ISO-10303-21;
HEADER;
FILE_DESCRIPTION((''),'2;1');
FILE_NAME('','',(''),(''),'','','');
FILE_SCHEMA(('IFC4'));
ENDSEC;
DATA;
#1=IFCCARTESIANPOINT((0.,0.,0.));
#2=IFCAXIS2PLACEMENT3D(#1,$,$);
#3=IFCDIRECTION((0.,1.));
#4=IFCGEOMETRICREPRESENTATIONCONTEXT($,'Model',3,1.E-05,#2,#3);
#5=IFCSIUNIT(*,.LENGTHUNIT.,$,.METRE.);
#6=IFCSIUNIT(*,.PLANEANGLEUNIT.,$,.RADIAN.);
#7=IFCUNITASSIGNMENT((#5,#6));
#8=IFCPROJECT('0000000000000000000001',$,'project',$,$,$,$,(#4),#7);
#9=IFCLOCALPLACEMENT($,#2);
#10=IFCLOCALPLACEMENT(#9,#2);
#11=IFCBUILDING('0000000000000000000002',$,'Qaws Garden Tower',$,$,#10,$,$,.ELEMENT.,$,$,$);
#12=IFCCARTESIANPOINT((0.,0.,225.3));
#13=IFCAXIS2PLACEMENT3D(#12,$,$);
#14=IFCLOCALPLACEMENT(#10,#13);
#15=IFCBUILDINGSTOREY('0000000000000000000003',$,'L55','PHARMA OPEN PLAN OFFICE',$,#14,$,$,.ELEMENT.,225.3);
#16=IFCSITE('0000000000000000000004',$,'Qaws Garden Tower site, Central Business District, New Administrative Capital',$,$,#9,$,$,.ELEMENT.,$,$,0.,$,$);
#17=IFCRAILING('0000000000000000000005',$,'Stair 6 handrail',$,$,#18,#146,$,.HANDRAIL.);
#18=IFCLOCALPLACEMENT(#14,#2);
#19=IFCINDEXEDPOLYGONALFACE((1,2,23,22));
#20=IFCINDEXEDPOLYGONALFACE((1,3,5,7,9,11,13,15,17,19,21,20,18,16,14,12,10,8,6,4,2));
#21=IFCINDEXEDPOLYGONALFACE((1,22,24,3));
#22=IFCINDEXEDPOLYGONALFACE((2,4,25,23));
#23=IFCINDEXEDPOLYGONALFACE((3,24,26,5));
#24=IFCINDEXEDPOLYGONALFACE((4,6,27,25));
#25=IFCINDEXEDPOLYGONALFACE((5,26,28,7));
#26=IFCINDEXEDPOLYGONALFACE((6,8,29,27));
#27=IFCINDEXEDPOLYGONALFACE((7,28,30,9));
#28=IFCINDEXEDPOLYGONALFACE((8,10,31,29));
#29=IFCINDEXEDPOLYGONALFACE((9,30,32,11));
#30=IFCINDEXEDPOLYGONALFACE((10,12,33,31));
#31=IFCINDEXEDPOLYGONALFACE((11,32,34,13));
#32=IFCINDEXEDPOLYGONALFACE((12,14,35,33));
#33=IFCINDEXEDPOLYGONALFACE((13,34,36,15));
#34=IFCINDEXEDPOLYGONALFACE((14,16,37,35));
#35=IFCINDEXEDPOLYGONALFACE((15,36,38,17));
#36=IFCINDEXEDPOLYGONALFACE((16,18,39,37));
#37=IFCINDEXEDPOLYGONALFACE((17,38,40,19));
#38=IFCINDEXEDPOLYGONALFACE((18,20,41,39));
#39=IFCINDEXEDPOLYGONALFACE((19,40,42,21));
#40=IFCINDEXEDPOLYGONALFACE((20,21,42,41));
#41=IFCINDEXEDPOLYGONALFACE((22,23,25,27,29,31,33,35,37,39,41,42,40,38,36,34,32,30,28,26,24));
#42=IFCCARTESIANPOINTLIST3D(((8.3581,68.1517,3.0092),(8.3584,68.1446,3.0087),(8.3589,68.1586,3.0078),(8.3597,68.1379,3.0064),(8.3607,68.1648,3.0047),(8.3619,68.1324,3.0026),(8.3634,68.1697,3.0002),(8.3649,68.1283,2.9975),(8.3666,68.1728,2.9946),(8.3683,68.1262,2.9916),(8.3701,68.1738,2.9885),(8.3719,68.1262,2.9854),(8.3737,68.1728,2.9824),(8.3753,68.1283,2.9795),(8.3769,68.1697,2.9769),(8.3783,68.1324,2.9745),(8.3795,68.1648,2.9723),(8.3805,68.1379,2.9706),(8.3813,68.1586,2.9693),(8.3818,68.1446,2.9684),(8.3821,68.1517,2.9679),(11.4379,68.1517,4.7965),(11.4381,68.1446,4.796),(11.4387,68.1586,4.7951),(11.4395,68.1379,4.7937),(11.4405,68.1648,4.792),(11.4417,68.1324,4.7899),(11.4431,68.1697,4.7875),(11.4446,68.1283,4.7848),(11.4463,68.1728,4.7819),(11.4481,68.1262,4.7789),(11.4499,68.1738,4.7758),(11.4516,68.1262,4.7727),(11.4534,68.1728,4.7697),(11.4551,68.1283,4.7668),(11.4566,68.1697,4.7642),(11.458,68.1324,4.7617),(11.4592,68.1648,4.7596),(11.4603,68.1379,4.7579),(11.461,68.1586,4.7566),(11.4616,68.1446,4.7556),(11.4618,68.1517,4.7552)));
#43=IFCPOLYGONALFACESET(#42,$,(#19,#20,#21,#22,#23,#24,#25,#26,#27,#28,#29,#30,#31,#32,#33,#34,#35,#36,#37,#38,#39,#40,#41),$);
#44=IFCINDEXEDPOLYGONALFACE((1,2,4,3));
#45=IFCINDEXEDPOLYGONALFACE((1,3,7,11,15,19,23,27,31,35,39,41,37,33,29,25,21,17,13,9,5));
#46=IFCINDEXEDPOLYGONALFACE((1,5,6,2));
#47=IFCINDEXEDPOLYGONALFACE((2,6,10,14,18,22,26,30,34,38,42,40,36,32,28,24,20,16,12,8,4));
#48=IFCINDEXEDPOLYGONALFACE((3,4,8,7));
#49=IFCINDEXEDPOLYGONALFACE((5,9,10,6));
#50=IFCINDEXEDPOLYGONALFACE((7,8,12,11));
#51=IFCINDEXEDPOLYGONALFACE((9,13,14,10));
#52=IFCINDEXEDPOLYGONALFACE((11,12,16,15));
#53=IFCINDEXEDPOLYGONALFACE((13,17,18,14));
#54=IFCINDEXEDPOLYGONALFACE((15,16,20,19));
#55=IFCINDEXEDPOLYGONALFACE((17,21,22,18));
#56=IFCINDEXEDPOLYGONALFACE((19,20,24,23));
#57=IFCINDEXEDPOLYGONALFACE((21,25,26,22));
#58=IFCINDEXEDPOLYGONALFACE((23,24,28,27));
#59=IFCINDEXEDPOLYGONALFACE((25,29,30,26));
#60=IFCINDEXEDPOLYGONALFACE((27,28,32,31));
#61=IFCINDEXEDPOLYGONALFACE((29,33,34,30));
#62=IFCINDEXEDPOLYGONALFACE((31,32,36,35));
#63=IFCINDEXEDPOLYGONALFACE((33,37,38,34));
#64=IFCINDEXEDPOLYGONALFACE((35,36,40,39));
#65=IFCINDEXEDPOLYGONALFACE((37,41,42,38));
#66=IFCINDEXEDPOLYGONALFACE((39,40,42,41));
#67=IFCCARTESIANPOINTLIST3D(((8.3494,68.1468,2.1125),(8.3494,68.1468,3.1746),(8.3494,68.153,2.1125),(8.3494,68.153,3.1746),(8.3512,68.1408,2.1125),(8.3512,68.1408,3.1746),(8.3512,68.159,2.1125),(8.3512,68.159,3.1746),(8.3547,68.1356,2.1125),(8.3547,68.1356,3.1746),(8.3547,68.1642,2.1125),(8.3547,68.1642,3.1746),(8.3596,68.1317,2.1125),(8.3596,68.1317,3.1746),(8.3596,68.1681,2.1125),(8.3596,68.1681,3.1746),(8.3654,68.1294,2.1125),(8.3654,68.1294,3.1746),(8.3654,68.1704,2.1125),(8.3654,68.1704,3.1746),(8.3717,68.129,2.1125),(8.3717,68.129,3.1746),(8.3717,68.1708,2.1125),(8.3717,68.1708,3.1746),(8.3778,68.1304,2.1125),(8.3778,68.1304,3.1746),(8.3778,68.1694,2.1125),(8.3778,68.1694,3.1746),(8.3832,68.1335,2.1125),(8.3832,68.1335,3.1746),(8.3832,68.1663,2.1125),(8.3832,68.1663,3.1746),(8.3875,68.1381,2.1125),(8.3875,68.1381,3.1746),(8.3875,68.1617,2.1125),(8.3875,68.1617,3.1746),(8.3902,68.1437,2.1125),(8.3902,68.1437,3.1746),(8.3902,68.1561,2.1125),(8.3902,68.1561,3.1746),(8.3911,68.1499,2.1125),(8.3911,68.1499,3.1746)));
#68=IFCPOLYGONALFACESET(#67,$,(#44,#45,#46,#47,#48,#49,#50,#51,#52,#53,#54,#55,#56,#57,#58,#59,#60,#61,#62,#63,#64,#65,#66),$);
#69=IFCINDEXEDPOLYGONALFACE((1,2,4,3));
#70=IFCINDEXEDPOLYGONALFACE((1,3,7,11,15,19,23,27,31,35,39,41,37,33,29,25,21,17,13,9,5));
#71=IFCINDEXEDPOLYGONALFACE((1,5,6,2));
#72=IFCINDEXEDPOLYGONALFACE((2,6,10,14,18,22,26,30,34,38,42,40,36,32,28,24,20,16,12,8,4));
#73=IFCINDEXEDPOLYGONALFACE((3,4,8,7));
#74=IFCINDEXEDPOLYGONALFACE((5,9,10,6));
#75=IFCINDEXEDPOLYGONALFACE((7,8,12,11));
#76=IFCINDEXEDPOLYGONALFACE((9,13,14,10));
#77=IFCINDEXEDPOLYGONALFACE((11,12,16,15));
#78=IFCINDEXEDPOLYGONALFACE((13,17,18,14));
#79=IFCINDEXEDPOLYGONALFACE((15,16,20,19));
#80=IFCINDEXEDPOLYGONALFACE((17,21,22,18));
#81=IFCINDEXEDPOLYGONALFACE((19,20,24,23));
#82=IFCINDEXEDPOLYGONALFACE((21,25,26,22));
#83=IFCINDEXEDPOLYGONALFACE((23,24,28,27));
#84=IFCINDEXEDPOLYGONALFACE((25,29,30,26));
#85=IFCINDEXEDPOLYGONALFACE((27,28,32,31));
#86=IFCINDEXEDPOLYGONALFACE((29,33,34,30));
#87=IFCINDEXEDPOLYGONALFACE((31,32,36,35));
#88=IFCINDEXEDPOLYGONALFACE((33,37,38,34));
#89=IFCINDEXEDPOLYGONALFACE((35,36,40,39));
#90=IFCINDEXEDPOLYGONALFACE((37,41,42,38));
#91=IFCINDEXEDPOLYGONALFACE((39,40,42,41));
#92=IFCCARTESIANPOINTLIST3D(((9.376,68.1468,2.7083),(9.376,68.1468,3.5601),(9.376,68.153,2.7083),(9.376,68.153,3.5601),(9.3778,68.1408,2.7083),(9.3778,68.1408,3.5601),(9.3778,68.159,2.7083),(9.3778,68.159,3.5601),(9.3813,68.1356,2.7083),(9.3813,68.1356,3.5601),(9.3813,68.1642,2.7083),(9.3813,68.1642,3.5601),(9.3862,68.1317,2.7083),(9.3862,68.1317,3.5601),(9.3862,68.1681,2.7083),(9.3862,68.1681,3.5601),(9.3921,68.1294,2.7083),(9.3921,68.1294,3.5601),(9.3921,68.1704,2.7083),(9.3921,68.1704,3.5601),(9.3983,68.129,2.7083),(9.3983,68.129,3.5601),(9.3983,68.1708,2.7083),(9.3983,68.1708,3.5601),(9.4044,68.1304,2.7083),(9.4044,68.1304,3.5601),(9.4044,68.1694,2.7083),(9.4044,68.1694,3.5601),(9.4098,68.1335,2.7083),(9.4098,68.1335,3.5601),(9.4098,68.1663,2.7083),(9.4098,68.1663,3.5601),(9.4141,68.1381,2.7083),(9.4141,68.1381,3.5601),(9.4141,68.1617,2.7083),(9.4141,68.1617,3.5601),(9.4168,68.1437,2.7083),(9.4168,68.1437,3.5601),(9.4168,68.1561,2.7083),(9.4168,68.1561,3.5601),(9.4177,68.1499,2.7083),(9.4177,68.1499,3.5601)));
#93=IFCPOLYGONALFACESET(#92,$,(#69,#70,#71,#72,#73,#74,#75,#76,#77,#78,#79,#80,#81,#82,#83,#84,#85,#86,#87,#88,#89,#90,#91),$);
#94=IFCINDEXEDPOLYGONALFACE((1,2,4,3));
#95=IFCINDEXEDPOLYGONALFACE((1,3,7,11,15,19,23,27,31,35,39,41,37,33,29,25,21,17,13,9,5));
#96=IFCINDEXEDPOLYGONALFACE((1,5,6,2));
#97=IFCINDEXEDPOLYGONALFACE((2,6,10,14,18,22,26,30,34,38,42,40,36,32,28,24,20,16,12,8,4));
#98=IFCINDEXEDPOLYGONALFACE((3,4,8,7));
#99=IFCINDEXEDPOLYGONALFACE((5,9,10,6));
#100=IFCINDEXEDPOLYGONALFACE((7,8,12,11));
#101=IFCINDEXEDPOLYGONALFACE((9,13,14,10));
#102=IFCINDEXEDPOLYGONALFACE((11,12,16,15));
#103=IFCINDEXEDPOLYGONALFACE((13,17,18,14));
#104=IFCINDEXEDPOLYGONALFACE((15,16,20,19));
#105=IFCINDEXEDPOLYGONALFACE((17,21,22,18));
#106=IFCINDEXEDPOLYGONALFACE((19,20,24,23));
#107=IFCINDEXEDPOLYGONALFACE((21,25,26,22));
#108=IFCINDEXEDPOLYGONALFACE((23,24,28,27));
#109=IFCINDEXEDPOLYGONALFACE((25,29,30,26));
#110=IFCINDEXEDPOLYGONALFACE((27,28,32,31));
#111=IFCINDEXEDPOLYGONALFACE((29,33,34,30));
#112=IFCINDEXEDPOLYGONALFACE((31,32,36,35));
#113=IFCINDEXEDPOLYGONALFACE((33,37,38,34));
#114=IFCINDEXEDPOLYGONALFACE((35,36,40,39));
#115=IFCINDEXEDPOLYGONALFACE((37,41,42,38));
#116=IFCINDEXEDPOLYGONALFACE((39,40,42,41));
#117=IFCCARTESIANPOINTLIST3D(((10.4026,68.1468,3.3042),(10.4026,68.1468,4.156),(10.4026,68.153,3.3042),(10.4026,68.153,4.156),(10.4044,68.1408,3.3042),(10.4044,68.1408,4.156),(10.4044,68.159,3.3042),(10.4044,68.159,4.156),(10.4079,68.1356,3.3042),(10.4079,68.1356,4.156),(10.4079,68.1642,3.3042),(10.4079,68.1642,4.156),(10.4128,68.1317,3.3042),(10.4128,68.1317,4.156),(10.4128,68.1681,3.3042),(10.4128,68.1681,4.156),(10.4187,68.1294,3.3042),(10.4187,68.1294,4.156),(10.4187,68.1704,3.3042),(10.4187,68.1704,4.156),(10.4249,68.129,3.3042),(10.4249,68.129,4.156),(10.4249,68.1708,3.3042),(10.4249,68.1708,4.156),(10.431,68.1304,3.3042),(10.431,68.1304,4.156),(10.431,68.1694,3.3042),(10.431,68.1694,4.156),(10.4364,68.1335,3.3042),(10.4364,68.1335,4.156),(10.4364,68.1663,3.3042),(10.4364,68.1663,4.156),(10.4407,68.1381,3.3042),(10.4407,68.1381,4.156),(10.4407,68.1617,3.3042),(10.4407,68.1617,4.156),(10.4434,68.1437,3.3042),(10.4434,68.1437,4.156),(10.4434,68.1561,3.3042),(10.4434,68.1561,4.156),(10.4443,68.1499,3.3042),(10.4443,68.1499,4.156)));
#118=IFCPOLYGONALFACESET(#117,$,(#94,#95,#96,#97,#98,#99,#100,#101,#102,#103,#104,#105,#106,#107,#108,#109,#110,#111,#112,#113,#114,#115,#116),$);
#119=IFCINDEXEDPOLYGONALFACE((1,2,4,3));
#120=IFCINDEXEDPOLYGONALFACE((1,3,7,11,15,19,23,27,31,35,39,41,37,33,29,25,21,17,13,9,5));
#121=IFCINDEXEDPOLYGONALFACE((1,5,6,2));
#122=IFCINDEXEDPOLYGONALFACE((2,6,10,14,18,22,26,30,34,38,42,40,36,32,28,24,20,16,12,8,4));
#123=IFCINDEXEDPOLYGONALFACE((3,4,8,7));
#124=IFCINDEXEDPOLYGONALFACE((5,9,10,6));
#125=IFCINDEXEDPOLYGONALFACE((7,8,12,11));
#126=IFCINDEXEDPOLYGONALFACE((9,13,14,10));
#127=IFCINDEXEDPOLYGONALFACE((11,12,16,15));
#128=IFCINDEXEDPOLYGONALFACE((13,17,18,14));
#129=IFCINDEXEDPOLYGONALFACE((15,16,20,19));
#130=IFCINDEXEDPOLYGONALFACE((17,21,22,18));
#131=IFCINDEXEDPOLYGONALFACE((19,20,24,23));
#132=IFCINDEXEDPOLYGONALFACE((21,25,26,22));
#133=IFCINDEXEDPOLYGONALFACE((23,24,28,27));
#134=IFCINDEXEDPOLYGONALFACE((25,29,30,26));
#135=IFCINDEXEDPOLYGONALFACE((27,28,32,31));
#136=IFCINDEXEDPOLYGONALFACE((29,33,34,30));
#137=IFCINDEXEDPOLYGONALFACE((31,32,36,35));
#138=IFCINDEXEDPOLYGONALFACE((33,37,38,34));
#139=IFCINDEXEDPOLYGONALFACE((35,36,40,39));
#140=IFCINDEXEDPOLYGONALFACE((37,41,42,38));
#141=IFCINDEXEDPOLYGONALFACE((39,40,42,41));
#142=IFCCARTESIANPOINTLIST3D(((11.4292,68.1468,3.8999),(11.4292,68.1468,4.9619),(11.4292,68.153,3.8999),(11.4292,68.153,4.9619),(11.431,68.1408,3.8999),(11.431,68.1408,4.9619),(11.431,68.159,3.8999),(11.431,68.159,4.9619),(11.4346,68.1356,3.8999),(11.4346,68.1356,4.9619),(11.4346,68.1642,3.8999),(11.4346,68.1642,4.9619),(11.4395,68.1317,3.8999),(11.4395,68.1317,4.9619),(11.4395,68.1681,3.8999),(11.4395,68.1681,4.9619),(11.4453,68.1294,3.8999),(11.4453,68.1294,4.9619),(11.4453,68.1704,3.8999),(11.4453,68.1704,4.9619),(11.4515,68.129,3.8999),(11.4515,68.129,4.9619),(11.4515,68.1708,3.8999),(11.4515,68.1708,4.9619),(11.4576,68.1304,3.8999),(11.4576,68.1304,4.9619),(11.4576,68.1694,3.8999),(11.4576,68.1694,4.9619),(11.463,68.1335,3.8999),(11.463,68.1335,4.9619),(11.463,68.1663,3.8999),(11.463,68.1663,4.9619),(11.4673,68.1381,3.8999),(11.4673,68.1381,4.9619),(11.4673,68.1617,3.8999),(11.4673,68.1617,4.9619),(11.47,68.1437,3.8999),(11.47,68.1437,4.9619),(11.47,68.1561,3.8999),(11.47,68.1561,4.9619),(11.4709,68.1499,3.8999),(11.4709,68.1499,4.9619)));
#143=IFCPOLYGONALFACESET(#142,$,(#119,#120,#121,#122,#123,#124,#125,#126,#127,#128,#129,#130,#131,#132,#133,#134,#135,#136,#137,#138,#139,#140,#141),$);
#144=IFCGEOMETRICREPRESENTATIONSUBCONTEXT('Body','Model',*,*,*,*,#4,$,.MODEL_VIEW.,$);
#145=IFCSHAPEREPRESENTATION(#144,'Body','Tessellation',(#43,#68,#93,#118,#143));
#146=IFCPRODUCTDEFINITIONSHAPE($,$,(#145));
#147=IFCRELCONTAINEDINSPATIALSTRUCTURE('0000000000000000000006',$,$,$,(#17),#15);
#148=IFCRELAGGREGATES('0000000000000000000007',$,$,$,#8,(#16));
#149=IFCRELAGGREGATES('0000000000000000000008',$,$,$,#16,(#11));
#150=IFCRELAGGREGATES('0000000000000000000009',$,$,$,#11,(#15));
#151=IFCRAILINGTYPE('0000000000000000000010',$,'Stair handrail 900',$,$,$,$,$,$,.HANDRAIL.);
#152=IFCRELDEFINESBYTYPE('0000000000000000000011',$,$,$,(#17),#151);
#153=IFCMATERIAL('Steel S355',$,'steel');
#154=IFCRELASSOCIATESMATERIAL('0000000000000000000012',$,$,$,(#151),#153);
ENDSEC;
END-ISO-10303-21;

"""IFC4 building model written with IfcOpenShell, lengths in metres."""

from ifc_helpers import new_model, si_unit, direction, frame, origin, origin_2d, place, context, subcontext, project, spatial, circle, extrude, material, type_object, element, save


model = new_model("IFC4")

# Units and contexts
model_context = context("Model", 3, precision=1e-05, world=origin(), true_north=direction((0.0, 1.0)))
body_context = subcontext(model_context, "Body", "Model", "MODEL_VIEW")
ifc_project = project(units=[si_unit("LENGTHUNIT", "METRE"), si_unit("PLANEANGLEUNIT", "RADIAN")], contexts=[model_context])

# Site, building, storey
site_placement = place(None, origin())
site = spatial("IfcSite", under=ifc_project, at=site_placement, Name="Qaws Garden Tower site, Central Business District, New Administrative Capital", CompositionType="ELEMENT", RefElevation=0.0)
building_placement = place(site_placement, origin())
building = spatial("IfcBuilding", under=site, at=building_placement, Name="Qaws Garden Tower", CompositionType="ELEMENT")
storey_placement = place(building_placement, frame((0.0, 0.0, 225.3)))
storey = spatial("IfcBuildingStorey", under=building, at=storey_placement, Name="L55", Description="PHARMA OPEN PLAN OFFICE", CompositionType="ELEMENT", Elevation=225.3)

# Railing
ifc_material_1 = material(Name="Steel S355", Category="steel")
railing_type = type_object("IfcRailingType", Name="Stair handrail 900", PredefinedType="HANDRAIL", material=ifc_material_1)
railing_1_placement = place(storey_placement, frame((8.3701, 68.1499, 2.1125)))
element("IfcRailing", 1, at=railing_1_placement, inside=storey, type_object=railing_type, Name="Stair 6 handrail", PredefinedType="HANDRAIL", context=body_context, shape_type="SweptSolid", body=[
    extrude(circle(Radius=0.0239, at=origin_2d()), frame((0.0, 0.0, 0.876), z_axis=(0.864903, 0.0, 0.501939), x_axis=(0.0, 1.0, 0.0)), (0.0, 0.0, 1.0), 3.5608),
    extrude(circle(Radius=0.021, at=origin_2d()), origin(), (0.0, 0.0, 1.0), 1.062),
    extrude(circle(Radius=0.021, at=origin_2d()), frame((1.0266, 0.0, 0.5957)), (0.0, 0.0, 1.0), 0.8518),
    extrude(circle(Radius=0.021, at=origin_2d()), frame((2.0532, 0.0, 1.1917)), (0.0, 0.0, 1.0), 0.8518),
    extrude(circle(Radius=0.021, at=origin_2d()), frame((3.0798, 0.0, 1.7874)), (0.0, 0.0, 1.0), 1.062),
])

save(model, "model.ifc")
